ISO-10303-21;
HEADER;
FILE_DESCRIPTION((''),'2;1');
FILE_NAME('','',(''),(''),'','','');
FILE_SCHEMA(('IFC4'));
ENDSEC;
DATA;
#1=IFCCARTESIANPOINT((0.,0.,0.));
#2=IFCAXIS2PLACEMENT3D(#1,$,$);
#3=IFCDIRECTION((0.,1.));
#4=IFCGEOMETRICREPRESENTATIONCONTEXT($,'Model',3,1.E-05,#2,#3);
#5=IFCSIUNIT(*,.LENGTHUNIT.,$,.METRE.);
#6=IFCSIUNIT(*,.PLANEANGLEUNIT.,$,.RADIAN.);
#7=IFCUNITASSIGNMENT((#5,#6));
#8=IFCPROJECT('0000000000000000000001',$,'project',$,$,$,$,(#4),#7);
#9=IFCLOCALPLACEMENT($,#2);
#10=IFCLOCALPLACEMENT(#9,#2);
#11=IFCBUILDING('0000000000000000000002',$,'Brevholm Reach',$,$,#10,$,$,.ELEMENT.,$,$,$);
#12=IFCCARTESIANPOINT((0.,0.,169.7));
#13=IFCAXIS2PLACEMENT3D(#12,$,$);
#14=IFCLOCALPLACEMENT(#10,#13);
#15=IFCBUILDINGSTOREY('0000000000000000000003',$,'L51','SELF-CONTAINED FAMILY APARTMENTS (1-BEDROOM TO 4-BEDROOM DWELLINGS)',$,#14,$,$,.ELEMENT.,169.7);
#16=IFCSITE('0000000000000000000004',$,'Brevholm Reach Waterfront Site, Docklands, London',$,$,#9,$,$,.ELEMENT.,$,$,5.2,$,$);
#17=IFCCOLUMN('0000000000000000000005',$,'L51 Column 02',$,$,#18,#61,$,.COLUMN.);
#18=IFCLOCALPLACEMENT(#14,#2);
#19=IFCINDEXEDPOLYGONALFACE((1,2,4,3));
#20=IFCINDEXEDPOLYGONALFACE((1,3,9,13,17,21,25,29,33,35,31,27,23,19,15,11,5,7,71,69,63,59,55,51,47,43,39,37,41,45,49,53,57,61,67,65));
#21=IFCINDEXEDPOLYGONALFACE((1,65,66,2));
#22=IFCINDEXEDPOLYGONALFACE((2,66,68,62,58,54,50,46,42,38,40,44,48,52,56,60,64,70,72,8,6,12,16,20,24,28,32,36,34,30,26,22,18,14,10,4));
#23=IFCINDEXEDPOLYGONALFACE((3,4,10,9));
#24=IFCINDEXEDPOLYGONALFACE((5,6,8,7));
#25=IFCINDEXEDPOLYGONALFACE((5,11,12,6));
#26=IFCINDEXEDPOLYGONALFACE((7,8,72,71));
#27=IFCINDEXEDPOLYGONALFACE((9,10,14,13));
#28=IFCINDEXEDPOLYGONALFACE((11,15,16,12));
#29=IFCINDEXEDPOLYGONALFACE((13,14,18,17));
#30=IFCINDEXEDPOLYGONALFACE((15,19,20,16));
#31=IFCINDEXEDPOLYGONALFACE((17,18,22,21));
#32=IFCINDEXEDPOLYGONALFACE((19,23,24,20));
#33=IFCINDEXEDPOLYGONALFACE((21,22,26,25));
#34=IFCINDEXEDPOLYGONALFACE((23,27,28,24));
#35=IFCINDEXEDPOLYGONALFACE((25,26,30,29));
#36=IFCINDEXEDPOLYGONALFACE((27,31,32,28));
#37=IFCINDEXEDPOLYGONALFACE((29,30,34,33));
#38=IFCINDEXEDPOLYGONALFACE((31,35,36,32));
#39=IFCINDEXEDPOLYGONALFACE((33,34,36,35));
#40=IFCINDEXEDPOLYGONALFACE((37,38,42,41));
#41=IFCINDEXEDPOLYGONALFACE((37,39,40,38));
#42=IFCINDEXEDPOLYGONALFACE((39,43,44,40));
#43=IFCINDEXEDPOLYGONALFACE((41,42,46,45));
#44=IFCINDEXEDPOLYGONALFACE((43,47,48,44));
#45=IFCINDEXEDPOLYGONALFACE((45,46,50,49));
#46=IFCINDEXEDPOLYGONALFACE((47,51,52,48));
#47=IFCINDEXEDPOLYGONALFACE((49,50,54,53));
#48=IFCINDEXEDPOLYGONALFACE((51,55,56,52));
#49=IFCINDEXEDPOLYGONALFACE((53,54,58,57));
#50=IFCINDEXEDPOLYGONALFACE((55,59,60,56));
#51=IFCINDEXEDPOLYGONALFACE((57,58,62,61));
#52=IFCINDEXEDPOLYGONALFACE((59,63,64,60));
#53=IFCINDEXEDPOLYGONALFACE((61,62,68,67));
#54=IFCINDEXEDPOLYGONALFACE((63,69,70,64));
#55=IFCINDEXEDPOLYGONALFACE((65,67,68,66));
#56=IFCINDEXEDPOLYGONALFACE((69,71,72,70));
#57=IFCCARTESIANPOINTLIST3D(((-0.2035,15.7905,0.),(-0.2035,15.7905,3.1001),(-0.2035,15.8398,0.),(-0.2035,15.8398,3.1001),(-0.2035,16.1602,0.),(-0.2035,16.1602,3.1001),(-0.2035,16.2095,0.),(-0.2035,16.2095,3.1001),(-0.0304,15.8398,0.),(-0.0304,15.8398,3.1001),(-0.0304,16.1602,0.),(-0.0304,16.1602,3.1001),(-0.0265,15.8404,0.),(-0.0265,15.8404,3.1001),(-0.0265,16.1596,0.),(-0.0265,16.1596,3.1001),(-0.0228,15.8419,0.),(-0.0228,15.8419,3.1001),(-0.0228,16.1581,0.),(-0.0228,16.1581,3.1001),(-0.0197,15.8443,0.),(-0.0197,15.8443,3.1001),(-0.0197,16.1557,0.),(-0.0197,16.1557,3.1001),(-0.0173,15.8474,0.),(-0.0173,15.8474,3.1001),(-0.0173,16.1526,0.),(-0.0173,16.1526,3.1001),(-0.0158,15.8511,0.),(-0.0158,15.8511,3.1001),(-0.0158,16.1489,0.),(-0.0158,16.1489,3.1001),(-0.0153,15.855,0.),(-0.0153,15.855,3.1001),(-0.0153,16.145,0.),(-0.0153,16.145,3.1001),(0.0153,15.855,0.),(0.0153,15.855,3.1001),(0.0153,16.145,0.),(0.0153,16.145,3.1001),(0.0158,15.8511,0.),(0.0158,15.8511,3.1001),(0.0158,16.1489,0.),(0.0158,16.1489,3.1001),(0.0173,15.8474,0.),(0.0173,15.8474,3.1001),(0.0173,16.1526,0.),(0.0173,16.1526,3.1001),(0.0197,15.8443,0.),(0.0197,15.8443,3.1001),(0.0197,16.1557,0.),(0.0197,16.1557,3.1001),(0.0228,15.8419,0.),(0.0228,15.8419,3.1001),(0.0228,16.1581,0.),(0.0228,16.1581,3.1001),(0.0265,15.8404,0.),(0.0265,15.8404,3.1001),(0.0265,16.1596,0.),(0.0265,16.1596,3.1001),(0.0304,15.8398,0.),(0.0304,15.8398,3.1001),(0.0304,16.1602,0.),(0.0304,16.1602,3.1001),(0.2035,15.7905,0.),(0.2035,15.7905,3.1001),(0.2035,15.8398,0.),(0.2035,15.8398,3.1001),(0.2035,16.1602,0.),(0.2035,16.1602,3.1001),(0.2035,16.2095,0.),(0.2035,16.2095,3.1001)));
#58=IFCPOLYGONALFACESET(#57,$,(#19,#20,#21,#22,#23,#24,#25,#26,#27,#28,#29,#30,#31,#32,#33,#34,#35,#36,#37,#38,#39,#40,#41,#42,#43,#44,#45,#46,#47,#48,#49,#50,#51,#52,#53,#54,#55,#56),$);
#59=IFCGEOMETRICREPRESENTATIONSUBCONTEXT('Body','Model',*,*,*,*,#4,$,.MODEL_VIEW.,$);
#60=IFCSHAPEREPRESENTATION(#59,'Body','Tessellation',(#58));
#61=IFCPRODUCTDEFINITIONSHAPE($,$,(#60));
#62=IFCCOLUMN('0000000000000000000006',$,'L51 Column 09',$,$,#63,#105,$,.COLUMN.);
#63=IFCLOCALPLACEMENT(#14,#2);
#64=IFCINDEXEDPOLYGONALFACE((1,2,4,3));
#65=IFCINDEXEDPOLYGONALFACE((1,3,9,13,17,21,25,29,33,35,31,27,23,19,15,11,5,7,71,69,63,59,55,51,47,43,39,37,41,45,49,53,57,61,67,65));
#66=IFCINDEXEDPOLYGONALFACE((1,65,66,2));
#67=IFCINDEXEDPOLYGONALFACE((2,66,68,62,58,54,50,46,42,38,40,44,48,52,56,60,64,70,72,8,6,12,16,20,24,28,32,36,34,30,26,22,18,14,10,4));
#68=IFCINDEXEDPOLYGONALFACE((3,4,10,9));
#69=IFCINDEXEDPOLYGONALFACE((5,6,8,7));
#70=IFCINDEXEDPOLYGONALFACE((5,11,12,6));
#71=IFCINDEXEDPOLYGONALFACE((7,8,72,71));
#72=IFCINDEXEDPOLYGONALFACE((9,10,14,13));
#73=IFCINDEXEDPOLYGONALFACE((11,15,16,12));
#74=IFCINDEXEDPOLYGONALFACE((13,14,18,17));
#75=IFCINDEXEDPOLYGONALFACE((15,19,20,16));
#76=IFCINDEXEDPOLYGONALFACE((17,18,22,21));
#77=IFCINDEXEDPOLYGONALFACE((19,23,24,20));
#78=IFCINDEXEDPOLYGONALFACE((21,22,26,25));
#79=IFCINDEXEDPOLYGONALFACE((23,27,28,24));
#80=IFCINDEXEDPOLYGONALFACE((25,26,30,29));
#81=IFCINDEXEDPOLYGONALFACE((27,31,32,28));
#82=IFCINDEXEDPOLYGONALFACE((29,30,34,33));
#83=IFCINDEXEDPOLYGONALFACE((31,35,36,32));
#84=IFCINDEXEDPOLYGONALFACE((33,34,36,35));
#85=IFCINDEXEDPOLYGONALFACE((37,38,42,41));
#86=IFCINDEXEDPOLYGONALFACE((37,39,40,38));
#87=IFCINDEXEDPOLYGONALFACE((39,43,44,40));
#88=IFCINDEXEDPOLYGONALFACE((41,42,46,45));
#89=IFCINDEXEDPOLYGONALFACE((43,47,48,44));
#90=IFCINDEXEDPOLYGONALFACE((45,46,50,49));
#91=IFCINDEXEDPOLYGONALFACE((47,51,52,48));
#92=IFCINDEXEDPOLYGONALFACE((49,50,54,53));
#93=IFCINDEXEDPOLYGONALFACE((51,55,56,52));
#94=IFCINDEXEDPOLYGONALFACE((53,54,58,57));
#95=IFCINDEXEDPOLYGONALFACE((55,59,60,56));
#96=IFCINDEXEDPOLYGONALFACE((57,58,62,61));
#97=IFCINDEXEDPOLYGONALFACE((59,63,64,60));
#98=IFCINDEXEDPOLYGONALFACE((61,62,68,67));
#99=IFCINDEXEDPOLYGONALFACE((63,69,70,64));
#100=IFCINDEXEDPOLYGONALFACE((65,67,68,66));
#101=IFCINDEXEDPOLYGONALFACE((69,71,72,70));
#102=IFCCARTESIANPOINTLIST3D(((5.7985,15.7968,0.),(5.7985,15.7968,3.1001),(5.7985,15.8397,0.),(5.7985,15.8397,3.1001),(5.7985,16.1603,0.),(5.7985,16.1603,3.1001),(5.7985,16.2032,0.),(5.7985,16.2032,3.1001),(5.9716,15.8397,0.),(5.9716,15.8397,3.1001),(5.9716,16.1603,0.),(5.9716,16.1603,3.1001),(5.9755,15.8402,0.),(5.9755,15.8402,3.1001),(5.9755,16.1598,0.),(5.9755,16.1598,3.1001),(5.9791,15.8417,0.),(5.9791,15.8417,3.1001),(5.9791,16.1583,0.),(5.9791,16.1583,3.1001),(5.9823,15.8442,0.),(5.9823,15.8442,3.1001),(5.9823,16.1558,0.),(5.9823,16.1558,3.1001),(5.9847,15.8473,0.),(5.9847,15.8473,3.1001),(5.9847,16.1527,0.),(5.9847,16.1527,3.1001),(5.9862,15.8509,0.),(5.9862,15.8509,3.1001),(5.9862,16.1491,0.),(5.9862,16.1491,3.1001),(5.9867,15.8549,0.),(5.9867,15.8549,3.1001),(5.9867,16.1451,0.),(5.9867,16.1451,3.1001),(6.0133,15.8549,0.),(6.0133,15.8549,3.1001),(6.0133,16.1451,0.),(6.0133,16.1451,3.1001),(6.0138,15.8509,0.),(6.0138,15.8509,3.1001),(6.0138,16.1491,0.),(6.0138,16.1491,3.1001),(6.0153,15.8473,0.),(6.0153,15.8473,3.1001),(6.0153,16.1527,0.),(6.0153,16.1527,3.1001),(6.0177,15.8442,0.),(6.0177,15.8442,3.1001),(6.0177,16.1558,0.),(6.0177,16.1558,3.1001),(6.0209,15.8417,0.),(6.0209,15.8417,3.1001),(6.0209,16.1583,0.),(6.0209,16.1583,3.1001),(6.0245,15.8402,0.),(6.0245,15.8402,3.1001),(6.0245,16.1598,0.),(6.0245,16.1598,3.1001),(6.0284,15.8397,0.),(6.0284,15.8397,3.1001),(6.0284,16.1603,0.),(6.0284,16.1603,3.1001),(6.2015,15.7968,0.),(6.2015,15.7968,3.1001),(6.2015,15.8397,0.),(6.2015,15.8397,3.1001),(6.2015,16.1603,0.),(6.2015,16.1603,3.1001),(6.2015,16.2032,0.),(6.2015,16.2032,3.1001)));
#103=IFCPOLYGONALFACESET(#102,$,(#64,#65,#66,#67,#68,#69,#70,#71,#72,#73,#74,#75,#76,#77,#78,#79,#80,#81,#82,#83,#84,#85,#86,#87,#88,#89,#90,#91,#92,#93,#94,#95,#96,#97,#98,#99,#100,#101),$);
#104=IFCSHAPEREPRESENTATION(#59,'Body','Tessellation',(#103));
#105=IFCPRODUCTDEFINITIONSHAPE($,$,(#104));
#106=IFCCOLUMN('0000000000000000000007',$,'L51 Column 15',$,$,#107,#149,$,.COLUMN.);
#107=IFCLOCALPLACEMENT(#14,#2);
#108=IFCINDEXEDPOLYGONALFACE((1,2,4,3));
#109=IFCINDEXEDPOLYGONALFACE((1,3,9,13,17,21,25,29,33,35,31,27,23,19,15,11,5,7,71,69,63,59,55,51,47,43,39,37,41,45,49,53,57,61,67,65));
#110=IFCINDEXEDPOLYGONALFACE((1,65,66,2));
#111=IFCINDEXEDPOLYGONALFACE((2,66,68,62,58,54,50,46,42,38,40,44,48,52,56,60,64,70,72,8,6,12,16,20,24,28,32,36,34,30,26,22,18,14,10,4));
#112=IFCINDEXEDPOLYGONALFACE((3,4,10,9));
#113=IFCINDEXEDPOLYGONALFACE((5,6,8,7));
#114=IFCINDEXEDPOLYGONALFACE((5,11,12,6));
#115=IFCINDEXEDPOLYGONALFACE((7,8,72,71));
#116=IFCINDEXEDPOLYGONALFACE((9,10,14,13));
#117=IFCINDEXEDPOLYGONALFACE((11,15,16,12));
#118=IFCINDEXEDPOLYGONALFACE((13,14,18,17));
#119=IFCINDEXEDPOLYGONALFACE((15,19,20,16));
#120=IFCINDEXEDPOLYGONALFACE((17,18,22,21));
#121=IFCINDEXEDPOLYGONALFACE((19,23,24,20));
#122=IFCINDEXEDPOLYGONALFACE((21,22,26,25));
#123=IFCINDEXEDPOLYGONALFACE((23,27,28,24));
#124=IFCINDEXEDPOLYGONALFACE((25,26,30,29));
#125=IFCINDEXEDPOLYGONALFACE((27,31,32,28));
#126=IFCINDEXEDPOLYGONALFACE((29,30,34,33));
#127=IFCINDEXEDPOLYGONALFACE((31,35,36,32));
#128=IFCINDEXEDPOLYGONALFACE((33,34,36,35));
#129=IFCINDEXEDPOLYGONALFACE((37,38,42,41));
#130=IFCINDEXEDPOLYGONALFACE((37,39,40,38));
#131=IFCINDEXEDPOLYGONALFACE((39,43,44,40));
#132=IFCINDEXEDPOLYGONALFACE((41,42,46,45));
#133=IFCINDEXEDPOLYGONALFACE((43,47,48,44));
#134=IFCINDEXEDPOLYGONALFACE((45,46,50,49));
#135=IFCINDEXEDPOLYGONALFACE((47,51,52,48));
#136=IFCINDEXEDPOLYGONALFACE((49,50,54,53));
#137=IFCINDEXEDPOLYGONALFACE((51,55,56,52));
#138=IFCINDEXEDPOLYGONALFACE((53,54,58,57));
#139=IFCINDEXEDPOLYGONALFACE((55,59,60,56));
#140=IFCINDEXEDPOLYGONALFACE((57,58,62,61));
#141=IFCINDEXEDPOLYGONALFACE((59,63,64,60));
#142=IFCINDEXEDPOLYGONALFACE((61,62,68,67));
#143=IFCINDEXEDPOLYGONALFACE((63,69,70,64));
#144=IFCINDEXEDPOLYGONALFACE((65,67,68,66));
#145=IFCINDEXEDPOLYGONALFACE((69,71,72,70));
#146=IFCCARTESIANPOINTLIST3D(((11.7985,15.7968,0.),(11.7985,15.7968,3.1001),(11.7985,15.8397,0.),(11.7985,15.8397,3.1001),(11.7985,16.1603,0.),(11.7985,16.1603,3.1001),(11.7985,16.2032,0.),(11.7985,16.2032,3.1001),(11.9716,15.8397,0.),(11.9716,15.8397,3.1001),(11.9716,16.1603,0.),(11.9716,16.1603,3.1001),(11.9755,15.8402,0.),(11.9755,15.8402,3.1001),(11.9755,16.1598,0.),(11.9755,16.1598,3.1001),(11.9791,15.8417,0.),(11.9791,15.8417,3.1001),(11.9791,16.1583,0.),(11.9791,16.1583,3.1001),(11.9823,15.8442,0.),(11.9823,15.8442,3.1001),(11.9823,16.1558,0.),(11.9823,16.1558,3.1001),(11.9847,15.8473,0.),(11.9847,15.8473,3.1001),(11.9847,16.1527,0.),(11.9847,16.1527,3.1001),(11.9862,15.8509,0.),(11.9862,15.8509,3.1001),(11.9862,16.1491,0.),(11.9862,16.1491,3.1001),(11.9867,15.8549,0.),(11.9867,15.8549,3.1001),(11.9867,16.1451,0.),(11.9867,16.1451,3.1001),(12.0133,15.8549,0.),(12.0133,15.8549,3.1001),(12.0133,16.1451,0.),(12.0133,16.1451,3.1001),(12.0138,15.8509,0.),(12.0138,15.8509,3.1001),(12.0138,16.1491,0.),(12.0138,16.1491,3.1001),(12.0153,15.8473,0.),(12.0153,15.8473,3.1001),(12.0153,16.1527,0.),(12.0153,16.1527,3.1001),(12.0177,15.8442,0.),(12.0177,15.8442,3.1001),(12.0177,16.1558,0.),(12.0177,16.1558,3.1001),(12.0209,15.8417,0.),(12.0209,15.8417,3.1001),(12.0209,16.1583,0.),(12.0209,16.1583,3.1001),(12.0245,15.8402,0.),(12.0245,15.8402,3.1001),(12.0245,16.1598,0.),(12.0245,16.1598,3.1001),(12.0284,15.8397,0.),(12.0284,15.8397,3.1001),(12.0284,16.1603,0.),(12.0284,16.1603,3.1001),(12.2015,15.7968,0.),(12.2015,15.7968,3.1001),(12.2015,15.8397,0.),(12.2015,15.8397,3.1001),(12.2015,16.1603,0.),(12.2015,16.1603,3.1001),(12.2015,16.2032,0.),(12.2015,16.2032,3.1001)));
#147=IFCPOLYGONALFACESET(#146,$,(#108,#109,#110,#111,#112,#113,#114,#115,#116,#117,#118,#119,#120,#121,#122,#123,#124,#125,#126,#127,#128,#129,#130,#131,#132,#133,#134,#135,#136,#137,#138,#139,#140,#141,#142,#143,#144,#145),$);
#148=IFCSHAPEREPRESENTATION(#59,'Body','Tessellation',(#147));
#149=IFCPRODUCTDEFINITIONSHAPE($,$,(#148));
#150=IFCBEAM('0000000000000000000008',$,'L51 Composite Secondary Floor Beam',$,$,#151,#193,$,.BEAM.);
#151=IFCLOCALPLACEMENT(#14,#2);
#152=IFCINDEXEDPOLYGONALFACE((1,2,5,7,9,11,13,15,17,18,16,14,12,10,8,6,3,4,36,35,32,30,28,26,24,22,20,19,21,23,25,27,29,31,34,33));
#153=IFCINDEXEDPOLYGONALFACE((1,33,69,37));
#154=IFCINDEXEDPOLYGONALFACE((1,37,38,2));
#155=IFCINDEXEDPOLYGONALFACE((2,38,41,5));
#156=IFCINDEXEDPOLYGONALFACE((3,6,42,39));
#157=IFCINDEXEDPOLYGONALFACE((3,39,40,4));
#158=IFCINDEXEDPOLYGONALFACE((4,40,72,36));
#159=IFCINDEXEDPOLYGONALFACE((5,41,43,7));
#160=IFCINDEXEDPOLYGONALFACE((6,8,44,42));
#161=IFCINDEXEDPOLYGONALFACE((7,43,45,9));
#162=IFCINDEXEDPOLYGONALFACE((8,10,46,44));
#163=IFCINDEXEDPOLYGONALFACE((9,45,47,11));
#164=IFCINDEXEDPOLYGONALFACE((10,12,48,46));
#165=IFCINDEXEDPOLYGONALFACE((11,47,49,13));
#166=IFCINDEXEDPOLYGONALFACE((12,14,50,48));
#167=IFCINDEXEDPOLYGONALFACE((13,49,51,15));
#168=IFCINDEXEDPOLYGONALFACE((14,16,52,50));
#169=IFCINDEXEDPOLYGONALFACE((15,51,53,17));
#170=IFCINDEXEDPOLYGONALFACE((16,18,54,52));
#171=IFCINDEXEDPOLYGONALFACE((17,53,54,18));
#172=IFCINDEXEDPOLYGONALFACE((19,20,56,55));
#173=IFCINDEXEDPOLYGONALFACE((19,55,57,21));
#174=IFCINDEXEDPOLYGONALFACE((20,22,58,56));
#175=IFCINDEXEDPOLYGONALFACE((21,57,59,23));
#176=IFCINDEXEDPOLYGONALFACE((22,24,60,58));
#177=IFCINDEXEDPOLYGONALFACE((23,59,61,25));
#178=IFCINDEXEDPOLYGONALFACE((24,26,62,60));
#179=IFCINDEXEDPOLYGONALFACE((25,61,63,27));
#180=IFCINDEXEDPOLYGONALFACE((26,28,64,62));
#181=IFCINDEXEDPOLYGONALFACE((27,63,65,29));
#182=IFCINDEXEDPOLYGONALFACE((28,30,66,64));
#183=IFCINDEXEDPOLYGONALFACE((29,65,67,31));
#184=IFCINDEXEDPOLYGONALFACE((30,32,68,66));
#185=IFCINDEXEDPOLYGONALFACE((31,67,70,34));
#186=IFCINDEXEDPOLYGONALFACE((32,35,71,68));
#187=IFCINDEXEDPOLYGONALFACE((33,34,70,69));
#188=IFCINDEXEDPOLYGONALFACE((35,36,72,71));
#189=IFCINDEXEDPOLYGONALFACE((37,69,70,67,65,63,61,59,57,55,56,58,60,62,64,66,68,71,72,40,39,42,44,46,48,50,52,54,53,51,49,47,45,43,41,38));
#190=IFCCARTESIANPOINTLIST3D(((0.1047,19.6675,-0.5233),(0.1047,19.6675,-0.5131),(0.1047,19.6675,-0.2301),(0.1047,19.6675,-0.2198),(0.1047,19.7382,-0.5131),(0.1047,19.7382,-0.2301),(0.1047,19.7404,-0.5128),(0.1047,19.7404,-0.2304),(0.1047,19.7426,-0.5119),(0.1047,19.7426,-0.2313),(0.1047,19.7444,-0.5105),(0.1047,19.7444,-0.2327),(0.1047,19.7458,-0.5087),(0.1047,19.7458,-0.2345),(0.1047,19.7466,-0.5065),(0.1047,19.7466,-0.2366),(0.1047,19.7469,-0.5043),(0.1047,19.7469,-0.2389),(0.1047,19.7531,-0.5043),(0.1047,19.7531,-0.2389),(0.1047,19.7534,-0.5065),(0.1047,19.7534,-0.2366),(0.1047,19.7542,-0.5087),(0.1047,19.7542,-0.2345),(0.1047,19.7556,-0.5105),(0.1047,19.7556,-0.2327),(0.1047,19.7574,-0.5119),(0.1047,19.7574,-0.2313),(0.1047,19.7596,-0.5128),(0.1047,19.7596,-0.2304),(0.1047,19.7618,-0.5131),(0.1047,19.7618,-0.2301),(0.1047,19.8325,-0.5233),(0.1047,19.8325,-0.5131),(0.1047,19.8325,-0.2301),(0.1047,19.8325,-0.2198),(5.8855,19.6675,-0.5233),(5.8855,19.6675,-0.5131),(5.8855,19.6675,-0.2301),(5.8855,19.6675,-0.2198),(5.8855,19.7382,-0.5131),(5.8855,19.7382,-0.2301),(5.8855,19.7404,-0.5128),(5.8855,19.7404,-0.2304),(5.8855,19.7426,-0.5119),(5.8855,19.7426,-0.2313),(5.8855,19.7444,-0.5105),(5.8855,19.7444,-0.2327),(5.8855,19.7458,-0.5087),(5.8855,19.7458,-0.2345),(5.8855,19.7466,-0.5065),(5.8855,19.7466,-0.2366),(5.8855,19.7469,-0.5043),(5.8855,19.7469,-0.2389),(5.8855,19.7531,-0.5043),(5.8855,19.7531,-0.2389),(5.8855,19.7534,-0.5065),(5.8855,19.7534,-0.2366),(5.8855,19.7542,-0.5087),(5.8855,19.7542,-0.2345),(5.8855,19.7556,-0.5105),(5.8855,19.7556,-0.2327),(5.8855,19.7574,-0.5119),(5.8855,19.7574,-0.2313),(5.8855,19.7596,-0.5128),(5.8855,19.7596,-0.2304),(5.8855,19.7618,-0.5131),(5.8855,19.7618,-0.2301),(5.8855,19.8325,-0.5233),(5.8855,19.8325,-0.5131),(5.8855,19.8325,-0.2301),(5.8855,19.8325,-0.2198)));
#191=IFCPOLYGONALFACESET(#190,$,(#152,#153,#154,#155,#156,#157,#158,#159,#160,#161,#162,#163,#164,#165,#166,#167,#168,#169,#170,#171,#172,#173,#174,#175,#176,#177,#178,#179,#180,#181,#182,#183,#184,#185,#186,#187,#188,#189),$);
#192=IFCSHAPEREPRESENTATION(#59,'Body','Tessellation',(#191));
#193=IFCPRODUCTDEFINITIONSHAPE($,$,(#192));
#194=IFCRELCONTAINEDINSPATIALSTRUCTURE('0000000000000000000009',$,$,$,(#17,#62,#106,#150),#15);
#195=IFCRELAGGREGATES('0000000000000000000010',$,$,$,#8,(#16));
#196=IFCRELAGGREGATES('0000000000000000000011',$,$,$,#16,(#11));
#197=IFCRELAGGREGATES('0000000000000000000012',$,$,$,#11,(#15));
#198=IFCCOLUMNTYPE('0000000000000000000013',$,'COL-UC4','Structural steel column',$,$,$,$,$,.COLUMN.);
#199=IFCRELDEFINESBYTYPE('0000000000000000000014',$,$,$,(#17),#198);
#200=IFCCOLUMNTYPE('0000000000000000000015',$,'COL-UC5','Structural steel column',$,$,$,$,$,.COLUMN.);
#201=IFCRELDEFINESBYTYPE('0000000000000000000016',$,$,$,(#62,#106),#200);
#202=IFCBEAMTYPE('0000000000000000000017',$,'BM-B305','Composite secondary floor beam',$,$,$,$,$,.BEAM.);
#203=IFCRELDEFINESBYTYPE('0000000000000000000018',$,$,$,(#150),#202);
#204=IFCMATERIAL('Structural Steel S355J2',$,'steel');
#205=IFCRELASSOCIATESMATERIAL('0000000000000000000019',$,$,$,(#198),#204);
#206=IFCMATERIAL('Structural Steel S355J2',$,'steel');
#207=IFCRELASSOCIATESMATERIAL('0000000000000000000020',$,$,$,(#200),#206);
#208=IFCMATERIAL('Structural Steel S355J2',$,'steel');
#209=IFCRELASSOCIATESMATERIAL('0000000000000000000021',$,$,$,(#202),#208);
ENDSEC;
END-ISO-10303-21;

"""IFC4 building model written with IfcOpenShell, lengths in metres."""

from ifc_helpers import new_model, si_unit, direction, frame, origin, origin_2d, place, context, subcontext, project, spatial, i_section, extrude, material, material_profile, profile_set, type_object, element, save


model = new_model("IFC4")

# Units and contexts
model_context = context("Model", 3, precision=1e-05, world=origin(), true_north=direction((0.0, 1.0)))
body_context = subcontext(model_context, "Body", "Model", "MODEL_VIEW")
ifc_project = project(units=[si_unit("LENGTHUNIT", "METRE"), si_unit("PLANEANGLEUNIT", "RADIAN")], contexts=[model_context])

# Site, building, storey
site_placement = place(None, origin())
site = spatial("IfcSite", under=ifc_project, at=site_placement, Name="Brevholm Reach Waterfront Site, Docklands, London", CompositionType="ELEMENT", RefElevation=5.2)
building_placement = place(site_placement, origin())
building = spatial("IfcBuilding", under=site, at=building_placement, Name="Brevholm Reach", CompositionType="ELEMENT")
storey_placement = place(building_placement, frame((0.0, 0.0, 169.7)))
storey = spatial("IfcBuildingStorey", under=building, at=storey_placement, Name="L51", Description="SELF-CONTAINED FAMILY APARTMENTS (1-BEDROOM TO 4-BEDROOM DWELLINGS)", CompositionType="ELEMENT", Elevation=169.7)

# Columns
ifc_material_1 = material(Name="Structural Steel S355J2", Category="steel")
ifc_material_profile_1 = material_profile(ifc_material_1, i_section(OverallWidth=0.407, OverallDepth=0.4189, WebThickness=0.0305, FlangeThickness=0.0493, FilletRadius=0.0151, at=origin_2d()), Name="UKC 356x406x393")
ifc_profile_set_1 = profile_set([ifc_material_profile_1], Name="Structural Steel S355J2")
column_type_1 = type_object("IfcColumnType", Name="COL-UC4", Description="Structural steel column", PredefinedType="COLUMN", material=ifc_profile_set_1)
column_placement = place(storey_placement, frame((0.0, 16.0, 0.0), z_axis=(0.0, 0.0, 1.0), x_axis=(1.0, 0.0, 0.0)))
element("IfcColumn", 1, at=column_placement, inside=storey, type_object=column_type_1, Name="L51 Column 02", PredefinedType="COLUMN", context=body_context, shape_type="SweptSolid", body=[
    extrude(i_section(OverallWidth=0.407, OverallDepth=0.4189, WebThickness=0.0305, FlangeThickness=0.0493, FilletRadius=0.0151, at=origin_2d()), origin(), (0.0, 0.0, 1.0), 3.1001),
])
ifc_material_2 = material(Name="Structural Steel S355J2", Category="steel")
ifc_material_profile_2 = material_profile(ifc_material_2, i_section(OverallWidth=0.4031, OverallDepth=0.4065, WebThickness=0.0266, FlangeThickness=0.043, FilletRadius=0.0151, at=origin_2d()), Name="UKC 356x406x340")
ifc_profile_set_2 = profile_set([ifc_material_profile_2], Name="Structural Steel S355J2")
column_type_2 = type_object("IfcColumnType", Name="COL-UC5", Description="Structural steel column", PredefinedType="COLUMN", material=ifc_profile_set_2)
for number, where, z_axis, x_axis, name in (
    (2, (6.0, 16.0, 0.0), (0.0, 0.0, 1.0), (1.0, 0.0, 0.0), "L51 Column 09"),
    (3, (12.0, 16.0, 0.0), (0.0, 0.0, 1.0), (1.0, 0.0, 0.0), "L51 Column 15"),
):
    element("IfcColumn", number, at=place(storey_placement, frame(where, z_axis=z_axis, x_axis=x_axis)), inside=storey, type_object=column_type_2, Name=name, PredefinedType="COLUMN", context=body_context, shape_type="SweptSolid", body=[
        extrude(i_section(OverallWidth=0.4031, OverallDepth=0.4065, WebThickness=0.0266, FlangeThickness=0.043, FilletRadius=0.0151, at=origin_2d()), origin(), (0.0, 0.0, 1.0), 3.1001),
    ])

# Beam
ifc_material_3 = material(Name="Structural Steel S355J2", Category="steel")
ifc_material_profile_3 = material_profile(ifc_material_3, i_section(OverallWidth=0.165, OverallDepth=0.3035, WebThickness=0.0061, FlangeThickness=0.0103, FilletRadius=0.0088, at=origin_2d()), Name="UKB 305x165x40")
ifc_profile_set_3 = profile_set([ifc_material_profile_3], Name="Structural Steel S355J2")
beam_type_1 = type_object("IfcBeamType", Name="BM-B305", Description="Composite secondary floor beam", PredefinedType="BEAM", material=ifc_profile_set_3)
beam_1_placement = place(storey_placement, frame((0.1047, 19.75, -0.3716), z_axis=(1.0, 0.0, 0.0), x_axis=(0.0, 1.0, 0.0)))
element("IfcBeam", 4, at=beam_1_placement, inside=storey, type_object=beam_type_1, Name="L51 Composite Secondary Floor Beam", PredefinedType="BEAM", context=body_context, shape_type="SweptSolid", body=[
    extrude(i_section(OverallWidth=0.165, OverallDepth=0.3035, WebThickness=0.0061, FlangeThickness=0.0103, FilletRadius=0.0088, at=origin_2d()), origin(), (0.0, 0.0, 1.0), 5.7808),
])

save(model, "model.ifc")
